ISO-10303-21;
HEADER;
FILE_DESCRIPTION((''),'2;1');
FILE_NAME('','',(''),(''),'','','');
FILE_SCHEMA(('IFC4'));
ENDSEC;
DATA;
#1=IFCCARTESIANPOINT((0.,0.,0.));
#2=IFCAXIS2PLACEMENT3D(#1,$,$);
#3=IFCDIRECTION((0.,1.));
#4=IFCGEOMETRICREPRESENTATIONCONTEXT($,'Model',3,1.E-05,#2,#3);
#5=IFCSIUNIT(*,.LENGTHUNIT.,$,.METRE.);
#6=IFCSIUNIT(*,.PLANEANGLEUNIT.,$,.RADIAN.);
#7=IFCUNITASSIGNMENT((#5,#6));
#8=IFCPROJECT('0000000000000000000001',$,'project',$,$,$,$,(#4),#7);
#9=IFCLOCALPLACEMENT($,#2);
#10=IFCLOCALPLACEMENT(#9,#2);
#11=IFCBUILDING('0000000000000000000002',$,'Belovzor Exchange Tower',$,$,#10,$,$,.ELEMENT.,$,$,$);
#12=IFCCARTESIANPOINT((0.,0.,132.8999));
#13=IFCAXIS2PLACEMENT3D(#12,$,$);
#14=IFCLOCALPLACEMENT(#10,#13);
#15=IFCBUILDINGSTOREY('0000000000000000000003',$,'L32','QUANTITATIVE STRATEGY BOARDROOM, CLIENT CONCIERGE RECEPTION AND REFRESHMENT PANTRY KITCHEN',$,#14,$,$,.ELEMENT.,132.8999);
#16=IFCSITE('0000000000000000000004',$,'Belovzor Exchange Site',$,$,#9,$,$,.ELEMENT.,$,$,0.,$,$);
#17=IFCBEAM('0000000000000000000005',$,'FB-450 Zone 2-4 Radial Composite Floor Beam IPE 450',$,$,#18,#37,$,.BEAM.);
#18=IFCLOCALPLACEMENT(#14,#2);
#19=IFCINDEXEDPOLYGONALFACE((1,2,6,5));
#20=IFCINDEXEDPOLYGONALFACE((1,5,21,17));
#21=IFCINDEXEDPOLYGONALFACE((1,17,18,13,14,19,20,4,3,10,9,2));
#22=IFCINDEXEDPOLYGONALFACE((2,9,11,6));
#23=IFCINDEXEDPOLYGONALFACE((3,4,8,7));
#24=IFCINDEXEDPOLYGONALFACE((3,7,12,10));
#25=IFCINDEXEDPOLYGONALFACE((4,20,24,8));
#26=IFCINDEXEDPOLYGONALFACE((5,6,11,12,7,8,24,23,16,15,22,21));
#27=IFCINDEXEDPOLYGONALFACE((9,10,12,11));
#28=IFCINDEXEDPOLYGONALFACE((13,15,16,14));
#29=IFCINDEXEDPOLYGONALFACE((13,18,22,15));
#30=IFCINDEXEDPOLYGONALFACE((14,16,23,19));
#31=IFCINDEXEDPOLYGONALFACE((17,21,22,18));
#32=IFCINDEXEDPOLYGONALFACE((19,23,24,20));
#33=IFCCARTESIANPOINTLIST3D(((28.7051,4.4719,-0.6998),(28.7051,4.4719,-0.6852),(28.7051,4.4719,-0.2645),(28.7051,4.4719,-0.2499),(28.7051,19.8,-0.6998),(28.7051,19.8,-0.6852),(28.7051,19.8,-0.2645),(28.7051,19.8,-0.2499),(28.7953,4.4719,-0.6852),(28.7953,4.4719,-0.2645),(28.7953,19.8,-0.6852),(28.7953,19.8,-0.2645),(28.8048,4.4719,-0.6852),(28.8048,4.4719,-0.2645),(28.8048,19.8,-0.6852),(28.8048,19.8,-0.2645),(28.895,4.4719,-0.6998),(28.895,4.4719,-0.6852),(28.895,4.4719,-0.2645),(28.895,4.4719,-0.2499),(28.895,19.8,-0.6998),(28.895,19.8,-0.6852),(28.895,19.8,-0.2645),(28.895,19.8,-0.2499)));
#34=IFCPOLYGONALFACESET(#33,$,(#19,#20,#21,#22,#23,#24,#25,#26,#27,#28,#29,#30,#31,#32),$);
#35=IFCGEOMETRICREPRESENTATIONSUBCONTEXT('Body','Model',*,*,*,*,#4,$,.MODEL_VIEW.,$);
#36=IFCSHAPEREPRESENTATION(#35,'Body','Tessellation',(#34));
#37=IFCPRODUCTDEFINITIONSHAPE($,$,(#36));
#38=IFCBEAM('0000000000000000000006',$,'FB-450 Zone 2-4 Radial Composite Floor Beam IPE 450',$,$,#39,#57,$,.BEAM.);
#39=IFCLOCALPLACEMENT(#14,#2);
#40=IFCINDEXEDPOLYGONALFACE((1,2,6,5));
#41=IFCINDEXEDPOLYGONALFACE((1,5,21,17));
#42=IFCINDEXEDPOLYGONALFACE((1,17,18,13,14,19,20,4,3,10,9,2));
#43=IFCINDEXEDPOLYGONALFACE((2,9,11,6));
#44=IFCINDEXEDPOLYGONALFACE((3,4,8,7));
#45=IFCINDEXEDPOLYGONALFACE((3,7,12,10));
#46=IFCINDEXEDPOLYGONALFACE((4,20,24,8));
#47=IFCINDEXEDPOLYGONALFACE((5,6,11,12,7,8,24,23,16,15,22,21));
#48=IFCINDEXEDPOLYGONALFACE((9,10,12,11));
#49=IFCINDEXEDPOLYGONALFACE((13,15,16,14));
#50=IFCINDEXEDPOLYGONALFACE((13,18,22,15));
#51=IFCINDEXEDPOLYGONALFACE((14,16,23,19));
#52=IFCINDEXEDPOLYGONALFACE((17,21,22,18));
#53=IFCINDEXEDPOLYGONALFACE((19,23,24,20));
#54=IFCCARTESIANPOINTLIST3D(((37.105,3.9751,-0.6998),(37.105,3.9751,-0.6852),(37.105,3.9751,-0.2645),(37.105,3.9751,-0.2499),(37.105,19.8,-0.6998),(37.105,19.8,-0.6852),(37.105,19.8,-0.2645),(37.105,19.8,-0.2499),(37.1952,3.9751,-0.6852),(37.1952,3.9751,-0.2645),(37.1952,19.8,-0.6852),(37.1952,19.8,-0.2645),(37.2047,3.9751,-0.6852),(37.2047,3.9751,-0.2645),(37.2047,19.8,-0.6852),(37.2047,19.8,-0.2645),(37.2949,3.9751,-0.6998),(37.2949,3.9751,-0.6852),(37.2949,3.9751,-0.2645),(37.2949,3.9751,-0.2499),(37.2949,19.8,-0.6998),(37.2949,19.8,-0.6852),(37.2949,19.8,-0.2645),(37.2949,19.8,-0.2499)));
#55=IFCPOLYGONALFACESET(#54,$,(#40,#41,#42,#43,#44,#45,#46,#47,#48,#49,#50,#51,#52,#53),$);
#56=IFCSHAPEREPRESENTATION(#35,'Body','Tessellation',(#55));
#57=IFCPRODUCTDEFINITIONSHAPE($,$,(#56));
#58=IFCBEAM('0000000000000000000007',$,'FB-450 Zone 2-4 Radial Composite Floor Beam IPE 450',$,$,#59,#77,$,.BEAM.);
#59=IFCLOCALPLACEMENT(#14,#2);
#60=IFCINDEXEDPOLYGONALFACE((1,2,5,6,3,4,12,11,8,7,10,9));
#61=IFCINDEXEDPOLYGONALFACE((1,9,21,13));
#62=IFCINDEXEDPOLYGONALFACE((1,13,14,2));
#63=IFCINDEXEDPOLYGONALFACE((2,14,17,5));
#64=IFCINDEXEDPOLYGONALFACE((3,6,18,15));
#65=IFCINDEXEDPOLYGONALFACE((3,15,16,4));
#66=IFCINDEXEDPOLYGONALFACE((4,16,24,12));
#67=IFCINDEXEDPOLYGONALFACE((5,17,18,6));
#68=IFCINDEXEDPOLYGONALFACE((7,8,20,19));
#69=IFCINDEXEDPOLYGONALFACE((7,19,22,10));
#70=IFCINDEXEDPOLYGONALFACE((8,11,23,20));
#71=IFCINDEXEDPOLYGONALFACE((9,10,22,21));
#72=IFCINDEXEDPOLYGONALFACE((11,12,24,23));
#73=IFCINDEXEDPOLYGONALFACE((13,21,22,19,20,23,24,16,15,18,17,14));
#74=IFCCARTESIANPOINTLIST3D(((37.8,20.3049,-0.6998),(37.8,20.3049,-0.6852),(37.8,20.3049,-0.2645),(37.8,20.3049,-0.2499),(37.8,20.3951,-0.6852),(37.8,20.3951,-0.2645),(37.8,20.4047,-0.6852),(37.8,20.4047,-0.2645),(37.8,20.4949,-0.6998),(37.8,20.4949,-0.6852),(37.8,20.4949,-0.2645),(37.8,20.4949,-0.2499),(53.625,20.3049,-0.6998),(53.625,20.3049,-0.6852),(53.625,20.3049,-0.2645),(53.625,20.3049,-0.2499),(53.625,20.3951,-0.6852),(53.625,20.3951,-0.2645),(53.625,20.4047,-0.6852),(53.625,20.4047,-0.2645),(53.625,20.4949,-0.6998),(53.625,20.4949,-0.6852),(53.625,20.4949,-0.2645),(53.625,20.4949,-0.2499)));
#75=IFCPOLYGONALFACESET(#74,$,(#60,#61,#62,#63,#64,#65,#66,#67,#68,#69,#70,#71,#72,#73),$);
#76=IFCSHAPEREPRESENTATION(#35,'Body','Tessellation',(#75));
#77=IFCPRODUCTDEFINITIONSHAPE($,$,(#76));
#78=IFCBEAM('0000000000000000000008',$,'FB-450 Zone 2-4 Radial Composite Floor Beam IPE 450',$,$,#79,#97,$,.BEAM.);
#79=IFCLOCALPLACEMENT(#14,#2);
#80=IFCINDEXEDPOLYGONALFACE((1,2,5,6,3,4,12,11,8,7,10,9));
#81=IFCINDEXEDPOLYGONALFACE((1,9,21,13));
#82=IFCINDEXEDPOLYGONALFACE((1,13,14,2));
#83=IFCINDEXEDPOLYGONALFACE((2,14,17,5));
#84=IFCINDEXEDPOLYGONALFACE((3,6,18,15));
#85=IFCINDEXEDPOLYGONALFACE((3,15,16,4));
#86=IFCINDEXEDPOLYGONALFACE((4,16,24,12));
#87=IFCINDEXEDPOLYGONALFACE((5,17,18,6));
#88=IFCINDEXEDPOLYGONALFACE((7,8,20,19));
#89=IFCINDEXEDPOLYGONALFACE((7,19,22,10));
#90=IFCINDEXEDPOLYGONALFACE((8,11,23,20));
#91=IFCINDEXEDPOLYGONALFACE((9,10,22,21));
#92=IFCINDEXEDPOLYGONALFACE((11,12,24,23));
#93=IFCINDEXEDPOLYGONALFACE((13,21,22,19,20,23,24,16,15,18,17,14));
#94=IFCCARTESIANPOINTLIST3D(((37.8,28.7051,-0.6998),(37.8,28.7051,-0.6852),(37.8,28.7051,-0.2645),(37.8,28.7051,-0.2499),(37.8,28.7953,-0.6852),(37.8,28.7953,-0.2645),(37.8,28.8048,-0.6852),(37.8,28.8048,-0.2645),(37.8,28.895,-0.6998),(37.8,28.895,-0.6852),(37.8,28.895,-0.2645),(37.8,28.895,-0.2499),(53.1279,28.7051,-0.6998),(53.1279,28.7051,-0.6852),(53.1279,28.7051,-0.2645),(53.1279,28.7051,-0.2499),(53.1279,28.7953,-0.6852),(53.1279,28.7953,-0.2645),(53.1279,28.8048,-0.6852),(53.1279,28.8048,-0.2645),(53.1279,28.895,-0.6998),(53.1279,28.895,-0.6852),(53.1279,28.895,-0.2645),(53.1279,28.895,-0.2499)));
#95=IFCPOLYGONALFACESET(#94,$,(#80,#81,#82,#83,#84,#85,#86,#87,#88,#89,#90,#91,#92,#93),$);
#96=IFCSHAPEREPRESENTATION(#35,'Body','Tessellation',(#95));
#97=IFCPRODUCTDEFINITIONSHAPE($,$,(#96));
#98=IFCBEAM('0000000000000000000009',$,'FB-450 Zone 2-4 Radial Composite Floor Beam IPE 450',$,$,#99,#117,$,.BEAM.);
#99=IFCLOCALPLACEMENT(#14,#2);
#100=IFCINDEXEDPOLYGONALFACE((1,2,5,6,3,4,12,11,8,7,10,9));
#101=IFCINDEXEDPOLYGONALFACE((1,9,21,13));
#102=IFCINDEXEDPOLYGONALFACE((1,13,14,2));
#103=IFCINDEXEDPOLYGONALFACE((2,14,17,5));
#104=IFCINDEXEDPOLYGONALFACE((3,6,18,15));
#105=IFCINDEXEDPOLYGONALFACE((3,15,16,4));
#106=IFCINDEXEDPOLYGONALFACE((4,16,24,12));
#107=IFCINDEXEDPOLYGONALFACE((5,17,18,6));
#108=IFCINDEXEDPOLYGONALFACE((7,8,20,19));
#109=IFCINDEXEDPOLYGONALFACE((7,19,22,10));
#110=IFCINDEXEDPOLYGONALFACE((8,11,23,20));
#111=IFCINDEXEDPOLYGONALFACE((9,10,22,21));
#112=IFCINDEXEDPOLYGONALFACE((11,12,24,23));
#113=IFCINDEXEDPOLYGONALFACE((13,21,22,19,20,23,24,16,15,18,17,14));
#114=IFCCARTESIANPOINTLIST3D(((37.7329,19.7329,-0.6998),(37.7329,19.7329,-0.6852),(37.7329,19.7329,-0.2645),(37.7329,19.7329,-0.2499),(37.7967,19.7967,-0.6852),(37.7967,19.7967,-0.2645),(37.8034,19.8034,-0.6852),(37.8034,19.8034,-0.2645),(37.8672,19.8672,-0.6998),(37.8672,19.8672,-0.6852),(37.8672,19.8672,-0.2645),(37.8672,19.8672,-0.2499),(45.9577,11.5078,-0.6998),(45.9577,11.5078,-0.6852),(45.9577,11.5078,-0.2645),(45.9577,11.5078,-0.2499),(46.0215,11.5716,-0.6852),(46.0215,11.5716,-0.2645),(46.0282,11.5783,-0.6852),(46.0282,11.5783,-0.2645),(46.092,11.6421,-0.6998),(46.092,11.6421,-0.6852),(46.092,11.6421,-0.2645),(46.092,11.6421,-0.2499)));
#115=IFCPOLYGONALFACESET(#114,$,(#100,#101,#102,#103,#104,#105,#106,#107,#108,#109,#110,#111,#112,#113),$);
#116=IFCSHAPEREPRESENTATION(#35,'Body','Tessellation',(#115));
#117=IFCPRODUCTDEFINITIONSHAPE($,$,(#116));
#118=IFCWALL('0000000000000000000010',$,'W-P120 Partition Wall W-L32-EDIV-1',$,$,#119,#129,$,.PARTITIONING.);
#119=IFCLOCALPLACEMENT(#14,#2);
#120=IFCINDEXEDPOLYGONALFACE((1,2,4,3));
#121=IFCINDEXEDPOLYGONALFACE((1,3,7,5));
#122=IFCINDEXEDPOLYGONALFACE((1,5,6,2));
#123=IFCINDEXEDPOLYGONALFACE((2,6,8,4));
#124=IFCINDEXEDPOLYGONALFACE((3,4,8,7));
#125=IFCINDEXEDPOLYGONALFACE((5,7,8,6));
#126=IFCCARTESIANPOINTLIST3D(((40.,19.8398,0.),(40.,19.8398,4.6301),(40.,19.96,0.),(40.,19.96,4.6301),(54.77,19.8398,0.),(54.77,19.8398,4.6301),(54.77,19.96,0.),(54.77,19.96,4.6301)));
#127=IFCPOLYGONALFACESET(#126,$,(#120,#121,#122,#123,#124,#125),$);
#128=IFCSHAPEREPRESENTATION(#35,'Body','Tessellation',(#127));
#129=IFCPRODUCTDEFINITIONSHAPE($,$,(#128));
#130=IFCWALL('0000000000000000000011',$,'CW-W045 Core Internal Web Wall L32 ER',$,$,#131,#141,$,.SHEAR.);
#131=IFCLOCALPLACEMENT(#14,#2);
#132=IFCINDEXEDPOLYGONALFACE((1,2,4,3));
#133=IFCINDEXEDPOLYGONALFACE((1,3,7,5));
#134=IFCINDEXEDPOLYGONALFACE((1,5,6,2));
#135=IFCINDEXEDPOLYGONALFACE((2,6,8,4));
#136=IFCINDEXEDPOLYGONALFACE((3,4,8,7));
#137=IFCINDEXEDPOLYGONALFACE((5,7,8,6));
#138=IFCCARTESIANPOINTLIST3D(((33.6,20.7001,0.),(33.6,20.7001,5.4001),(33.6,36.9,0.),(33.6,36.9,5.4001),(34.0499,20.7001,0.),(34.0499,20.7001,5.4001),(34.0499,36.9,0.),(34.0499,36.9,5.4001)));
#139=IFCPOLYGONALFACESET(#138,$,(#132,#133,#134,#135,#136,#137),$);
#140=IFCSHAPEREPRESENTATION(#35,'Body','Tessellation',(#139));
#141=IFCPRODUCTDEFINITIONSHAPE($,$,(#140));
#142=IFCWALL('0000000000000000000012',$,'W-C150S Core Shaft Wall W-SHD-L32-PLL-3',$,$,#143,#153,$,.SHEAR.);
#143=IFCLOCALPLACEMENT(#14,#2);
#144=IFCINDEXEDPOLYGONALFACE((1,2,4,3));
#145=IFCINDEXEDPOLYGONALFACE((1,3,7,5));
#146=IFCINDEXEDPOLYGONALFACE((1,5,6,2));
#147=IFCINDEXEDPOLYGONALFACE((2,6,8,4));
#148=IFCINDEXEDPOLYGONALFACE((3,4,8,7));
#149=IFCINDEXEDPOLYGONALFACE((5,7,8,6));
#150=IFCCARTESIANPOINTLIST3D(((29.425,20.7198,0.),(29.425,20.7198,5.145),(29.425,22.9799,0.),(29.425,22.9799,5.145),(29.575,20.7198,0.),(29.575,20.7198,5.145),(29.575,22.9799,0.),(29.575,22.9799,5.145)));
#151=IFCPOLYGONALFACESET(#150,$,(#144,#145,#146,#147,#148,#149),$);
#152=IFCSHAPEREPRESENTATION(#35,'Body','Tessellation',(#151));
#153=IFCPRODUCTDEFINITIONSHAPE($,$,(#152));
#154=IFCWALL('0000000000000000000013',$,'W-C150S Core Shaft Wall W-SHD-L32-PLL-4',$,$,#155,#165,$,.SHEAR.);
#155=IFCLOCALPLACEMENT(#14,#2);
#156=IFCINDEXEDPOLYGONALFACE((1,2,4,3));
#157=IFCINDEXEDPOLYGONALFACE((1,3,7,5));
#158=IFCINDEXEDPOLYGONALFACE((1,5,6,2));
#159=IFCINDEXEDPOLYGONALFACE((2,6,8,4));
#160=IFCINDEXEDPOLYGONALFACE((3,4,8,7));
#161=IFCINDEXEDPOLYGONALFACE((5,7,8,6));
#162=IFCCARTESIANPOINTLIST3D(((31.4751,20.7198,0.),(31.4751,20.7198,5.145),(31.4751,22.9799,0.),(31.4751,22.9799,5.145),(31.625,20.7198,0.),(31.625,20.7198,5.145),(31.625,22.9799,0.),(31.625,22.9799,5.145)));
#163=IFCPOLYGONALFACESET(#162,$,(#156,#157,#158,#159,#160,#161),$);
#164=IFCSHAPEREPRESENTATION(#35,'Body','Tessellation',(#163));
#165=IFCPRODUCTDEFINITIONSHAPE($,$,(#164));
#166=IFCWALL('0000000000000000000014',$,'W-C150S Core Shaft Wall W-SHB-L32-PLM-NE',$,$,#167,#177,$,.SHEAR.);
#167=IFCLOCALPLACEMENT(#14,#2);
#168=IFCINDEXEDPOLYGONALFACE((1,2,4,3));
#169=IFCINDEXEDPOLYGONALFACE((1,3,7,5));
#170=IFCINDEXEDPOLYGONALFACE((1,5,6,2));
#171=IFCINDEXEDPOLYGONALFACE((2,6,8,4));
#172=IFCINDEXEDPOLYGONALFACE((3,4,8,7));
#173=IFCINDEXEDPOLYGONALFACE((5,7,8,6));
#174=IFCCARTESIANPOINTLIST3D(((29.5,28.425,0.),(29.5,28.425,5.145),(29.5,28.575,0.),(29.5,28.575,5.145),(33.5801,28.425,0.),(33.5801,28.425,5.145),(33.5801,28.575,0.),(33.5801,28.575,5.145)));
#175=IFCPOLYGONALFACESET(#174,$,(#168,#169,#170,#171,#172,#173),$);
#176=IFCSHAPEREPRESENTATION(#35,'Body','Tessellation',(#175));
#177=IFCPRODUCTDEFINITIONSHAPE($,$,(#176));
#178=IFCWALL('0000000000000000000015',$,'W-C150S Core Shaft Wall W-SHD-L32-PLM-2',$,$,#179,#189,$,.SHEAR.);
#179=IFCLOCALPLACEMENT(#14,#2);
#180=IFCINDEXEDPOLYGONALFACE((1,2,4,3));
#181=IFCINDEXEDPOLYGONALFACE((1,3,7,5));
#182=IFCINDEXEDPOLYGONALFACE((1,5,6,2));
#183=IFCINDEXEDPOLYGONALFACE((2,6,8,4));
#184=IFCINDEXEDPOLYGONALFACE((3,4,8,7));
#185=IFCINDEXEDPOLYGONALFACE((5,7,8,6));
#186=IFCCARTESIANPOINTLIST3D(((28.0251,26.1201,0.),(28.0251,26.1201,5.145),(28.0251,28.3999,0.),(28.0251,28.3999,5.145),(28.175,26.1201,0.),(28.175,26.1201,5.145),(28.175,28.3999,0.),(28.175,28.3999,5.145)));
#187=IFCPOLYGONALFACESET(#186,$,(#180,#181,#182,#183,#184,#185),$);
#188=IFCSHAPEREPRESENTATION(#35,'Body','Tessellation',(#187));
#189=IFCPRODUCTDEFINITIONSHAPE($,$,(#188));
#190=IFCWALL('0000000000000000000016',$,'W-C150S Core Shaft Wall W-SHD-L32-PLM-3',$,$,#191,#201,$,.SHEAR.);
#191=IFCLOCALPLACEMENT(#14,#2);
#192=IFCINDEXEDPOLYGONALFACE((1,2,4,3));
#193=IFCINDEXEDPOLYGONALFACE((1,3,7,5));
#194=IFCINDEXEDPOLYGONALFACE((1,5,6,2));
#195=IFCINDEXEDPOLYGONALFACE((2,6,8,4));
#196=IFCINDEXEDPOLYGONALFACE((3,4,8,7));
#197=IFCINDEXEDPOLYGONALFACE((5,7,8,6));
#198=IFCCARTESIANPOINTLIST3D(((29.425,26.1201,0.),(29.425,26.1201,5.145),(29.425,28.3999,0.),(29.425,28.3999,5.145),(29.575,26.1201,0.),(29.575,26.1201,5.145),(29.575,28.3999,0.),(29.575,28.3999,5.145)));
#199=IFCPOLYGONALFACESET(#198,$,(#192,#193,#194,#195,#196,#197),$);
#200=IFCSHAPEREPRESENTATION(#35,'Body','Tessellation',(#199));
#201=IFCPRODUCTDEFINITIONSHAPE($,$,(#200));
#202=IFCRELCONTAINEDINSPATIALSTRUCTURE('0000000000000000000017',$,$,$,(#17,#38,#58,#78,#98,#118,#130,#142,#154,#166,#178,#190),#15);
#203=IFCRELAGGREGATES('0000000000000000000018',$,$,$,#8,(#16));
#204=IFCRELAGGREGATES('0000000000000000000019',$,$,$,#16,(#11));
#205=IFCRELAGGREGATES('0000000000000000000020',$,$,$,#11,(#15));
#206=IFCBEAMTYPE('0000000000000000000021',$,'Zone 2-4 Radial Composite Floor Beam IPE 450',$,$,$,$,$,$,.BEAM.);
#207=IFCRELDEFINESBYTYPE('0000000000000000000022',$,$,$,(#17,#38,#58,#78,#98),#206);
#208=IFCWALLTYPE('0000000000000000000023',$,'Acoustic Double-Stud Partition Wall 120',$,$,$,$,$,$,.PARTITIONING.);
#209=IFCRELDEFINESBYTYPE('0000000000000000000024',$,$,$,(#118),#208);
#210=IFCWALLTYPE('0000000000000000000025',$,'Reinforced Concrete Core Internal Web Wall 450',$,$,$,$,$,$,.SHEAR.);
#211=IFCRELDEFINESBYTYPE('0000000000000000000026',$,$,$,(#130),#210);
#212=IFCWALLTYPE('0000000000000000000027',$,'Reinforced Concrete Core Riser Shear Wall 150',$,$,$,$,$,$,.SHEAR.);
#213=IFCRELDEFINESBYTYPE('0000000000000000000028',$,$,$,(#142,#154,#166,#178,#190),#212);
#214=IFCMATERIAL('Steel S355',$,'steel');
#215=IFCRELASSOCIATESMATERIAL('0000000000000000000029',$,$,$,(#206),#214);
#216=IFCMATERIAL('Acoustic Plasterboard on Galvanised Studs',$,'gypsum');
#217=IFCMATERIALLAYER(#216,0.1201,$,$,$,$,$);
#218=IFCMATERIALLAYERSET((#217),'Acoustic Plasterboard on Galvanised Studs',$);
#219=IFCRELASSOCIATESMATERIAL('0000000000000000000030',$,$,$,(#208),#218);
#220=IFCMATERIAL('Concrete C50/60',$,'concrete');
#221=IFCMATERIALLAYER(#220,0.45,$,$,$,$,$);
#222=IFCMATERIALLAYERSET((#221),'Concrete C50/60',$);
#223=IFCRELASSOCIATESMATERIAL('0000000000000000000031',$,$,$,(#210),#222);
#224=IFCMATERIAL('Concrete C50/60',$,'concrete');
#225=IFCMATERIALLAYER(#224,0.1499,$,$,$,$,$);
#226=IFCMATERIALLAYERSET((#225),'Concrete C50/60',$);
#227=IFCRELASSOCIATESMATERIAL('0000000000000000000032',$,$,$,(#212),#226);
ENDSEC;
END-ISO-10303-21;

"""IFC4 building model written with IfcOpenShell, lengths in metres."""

from ifc_helpers import new_model, si_unit, direction, frame, frame_2d, origin, origin_2d, place, context, subcontext, project, spatial, rectangle, i_section, extrude, material, layer, layer_set, material_profile, profile_set, type_object, element, save


model = new_model("IFC4")

# Units and contexts
model_context = context("Model", 3, precision=1e-05, world=origin(), true_north=direction((0.0, 1.0)))
body_context = subcontext(model_context, "Body", "Model", "MODEL_VIEW")
ifc_project = project(units=[si_unit("LENGTHUNIT", "METRE"), si_unit("PLANEANGLEUNIT", "RADIAN")], contexts=[model_context])

# Site, building, storey
site_placement = place(None, origin())
site = spatial("IfcSite", under=ifc_project, at=site_placement, Name="Belovzor Exchange Site", CompositionType="ELEMENT", RefElevation=0.0)
building_placement = place(site_placement, origin())
building = spatial("IfcBuilding", under=site, at=building_placement, Name="Belovzor Exchange Tower", CompositionType="ELEMENT")
storey_placement = place(building_placement, frame((0.0, 0.0, 132.8999)))
storey = spatial("IfcBuildingStorey", under=building, at=storey_placement, Name="L32", Description="QUANTITATIVE STRATEGY BOARDROOM, CLIENT CONCIERGE RECEPTION AND REFRESHMENT PANTRY KITCHEN", CompositionType="ELEMENT", Elevation=132.8999)

# Beams
ifc_material_1 = material(Name="Steel S355", Category="steel")
ifc_material_profile = material_profile(ifc_material_1, i_section(OverallWidth=0.1899, OverallDepth=0.45, WebThickness=0.0095, FlangeThickness=0.0146, at=origin_2d()))
ifc_profile_set = profile_set([ifc_material_profile], Name="Steel S355")
beam_type = type_object("IfcBeamType", Name="Zone 2-4 Radial Composite Floor Beam IPE 450", PredefinedType="BEAM", material=ifc_profile_set)
beam_1_placement = place(storey_placement, frame((28.8, 19.8, -0.4749), z_axis=(0.0, -1.0, 0.0), x_axis=(1.0, 0.0, 0.0)))
element("IfcBeam", 1, at=beam_1_placement, inside=storey, type_object=beam_type, Name="FB-450 Zone 2-4 Radial Composite Floor Beam IPE 450", PredefinedType="BEAM", context=body_context, shape_type="SweptSolid", body=[
    extrude(i_section(OverallWidth=0.1899, OverallDepth=0.45, WebThickness=0.0095, FlangeThickness=0.0146, at=origin_2d()), origin(), (0.0, 0.0, 1.0), 15.3281),
])
for number, where, z_axis, x_axis, name in (
    (2, (37.2, 19.8, -0.4749), (0.0, -1.0, 0.0), (1.0, 0.0, 0.0), "FB-450 Zone 2-4 Radial Composite Floor Beam IPE 450"),
    (3, (37.8, 20.3999, -0.4749), (1.0, 0.0, 0.0), (0.0, 1.0, 0.0), "FB-450 Zone 2-4 Radial Composite Floor Beam IPE 450"),
):
    element("IfcBeam", number, at=place(storey_placement, frame(where, z_axis=z_axis, x_axis=x_axis)), inside=storey, type_object=beam_type, Name=name, PredefinedType="BEAM", context=body_context, shape_type="SweptSolid", body=[
        extrude(i_section(OverallWidth=0.1899, OverallDepth=0.45, WebThickness=0.0095, FlangeThickness=0.0146, at=origin_2d()), origin(), (0.0, 0.0, 1.0), 15.825),
    ])
beam_2_placement = place(storey_placement, frame((37.8, 28.8, -0.4749), z_axis=(1.0, 0.0, 0.0), x_axis=(0.0, 1.0, 0.0)))
element("IfcBeam", 4, at=beam_2_placement, inside=storey, type_object=beam_type, Name="FB-450 Zone 2-4 Radial Composite Floor Beam IPE 450", PredefinedType="BEAM", context=body_context, shape_type="SweptSolid", body=[
    extrude(i_section(OverallWidth=0.1899, OverallDepth=0.45, WebThickness=0.0095, FlangeThickness=0.0146, at=origin_2d()), origin(), (0.0, 0.0, 1.0), 15.3279),
])
beam_3_placement = place(storey_placement, frame((37.8, 19.8, -0.4749), z_axis=(0.707096, -0.707117, 0.0), x_axis=(0.707117, 0.707096, 0.0)))
element("IfcBeam", 5, at=beam_3_placement, inside=storey, type_object=beam_type, Name="FB-450 Zone 2-4 Radial Composite Floor Beam IPE 450", PredefinedType="BEAM", context=body_context, shape_type="SweptSolid", body=[
    extrude(i_section(OverallWidth=0.1899, OverallDepth=0.45, WebThickness=0.0095, FlangeThickness=0.0146, at=origin_2d()), origin(), (0.0, 0.0, 1.0), 11.6318),
])

# Walls
ifc_material_2 = material(Name="Acoustic Plasterboard on Galvanised Studs", Category="gypsum")
ifc_layer_1 = layer(ifc_material_2, 0.1201)
ifc_layer_set_1 = layer_set([ifc_layer_1], Name="Acoustic Plasterboard on Galvanised Studs")
wall_type_1 = type_object("IfcWallType", Name="Acoustic Double-Stud Partition Wall 120", PredefinedType="PARTITIONING", material=ifc_layer_set_1)
wall_1_placement = place(storey_placement, frame((40.0, 19.8999, 0.0), z_axis=(0.0, 0.0, 1.0), x_axis=(1.0, 0.0, 0.0)))
element("IfcWall", 6, at=wall_1_placement, inside=storey, type_object=wall_type_1, Name="W-P120 Partition Wall W-L32-EDIV-1", PredefinedType="PARTITIONING", context=body_context, shape_type="SweptSolid", body=[
    extrude(rectangle(XDim=14.77, YDim=0.1201, at=frame_2d((7.385, 0.0))), origin(), (0.0, 0.0, 1.0), 4.6301),
])
ifc_material_3 = material(Name="Concrete C50/60", Category="concrete")
ifc_layer_2 = layer(ifc_material_3, 0.45)
ifc_layer_set_2 = layer_set([ifc_layer_2], Name="Concrete C50/60")
wall_type_2 = type_object("IfcWallType", Name="Reinforced Concrete Core Internal Web Wall 450", PredefinedType="SHEAR", material=ifc_layer_set_2)
wall_2_placement = place(storey_placement, frame((33.825, 20.7, 0.0), z_axis=(0.0, 0.0, 1.0), x_axis=(0.0, 1.0, 0.0)))
element("IfcWall", 7, at=wall_2_placement, inside=storey, type_object=wall_type_2, Name="CW-W045 Core Internal Web Wall L32 ER", PredefinedType="SHEAR", context=body_context, shape_type="SweptSolid", body=[
    extrude(rectangle(XDim=16.2, YDim=0.45, at=frame_2d((8.1001, 0.0))), origin(), (0.0, 0.0, 1.0), 5.4001),
])
ifc_material_4 = material(Name="Concrete C50/60", Category="concrete")
ifc_layer_3 = layer(ifc_material_4, 0.1499)
ifc_layer_set_3 = layer_set([ifc_layer_3], Name="Concrete C50/60")
wall_type_3 = type_object("IfcWallType", Name="Reinforced Concrete Core Riser Shear Wall 150", PredefinedType="SHEAR", material=ifc_layer_set_3)
for number, where, z_axis, x_axis, name in (
    (8, (29.5, 20.72, 0.0), (0.0, 0.0, 1.0), (0.0, 1.0, 0.0), "W-C150S Core Shaft Wall W-SHD-L32-PLL-3"),
    (9, (31.55, 20.72, 0.0), (0.0, 0.0, 1.0), (0.0, 1.0, 0.0), "W-C150S Core Shaft Wall W-SHD-L32-PLL-4"),
):
    element("IfcWall", number, at=place(storey_placement, frame(where, z_axis=z_axis, x_axis=x_axis)), inside=storey, type_object=wall_type_3, Name=name, PredefinedType="SHEAR", context=body_context, shape_type="SweptSolid", body=[
        extrude(rectangle(XDim=2.26, YDim=0.1499, at=frame_2d((1.1299, 0.0))), origin(), (0.0, 0.0, 1.0), 5.145),
    ])
wall_3_placement = place(storey_placement, frame((29.5, 28.5, 0.0), z_axis=(0.0, 0.0, 1.0), x_axis=(1.0, 0.0, 0.0)))
element("IfcWall", 10, at=wall_3_placement, inside=storey, type_object=wall_type_3, Name="W-C150S Core Shaft Wall W-SHB-L32-PLM-NE", PredefinedType="SHEAR", context=body_context, shape_type="SweptSolid", body=[
    extrude(rectangle(XDim=4.0801, YDim=0.1499, at=frame_2d((2.04, 0.0))), origin(), (0.0, 0.0, 1.0), 5.145),
])
for number, where, z_axis, x_axis, name in (
    (11, (28.1001, 26.1201, 0.0), (0.0, 0.0, 1.0), (0.0, 1.0, 0.0), "W-C150S Core Shaft Wall W-SHD-L32-PLM-2"),
    (12, (29.5, 26.1201, 0.0), (0.0, 0.0, 1.0), (0.0, 1.0, 0.0), "W-C150S Core Shaft Wall W-SHD-L32-PLM-3"),
):
    element("IfcWall", number, at=place(storey_placement, frame(where, z_axis=z_axis, x_axis=x_axis)), inside=storey, type_object=wall_type_3, Name=name, PredefinedType="SHEAR", context=body_context, shape_type="SweptSolid", body=[
        extrude(rectangle(XDim=2.2798, YDim=0.1499, at=frame_2d((1.1399, 0.0))), origin(), (0.0, 0.0, 1.0), 5.145),
    ])

save(model, "model.ifc")
